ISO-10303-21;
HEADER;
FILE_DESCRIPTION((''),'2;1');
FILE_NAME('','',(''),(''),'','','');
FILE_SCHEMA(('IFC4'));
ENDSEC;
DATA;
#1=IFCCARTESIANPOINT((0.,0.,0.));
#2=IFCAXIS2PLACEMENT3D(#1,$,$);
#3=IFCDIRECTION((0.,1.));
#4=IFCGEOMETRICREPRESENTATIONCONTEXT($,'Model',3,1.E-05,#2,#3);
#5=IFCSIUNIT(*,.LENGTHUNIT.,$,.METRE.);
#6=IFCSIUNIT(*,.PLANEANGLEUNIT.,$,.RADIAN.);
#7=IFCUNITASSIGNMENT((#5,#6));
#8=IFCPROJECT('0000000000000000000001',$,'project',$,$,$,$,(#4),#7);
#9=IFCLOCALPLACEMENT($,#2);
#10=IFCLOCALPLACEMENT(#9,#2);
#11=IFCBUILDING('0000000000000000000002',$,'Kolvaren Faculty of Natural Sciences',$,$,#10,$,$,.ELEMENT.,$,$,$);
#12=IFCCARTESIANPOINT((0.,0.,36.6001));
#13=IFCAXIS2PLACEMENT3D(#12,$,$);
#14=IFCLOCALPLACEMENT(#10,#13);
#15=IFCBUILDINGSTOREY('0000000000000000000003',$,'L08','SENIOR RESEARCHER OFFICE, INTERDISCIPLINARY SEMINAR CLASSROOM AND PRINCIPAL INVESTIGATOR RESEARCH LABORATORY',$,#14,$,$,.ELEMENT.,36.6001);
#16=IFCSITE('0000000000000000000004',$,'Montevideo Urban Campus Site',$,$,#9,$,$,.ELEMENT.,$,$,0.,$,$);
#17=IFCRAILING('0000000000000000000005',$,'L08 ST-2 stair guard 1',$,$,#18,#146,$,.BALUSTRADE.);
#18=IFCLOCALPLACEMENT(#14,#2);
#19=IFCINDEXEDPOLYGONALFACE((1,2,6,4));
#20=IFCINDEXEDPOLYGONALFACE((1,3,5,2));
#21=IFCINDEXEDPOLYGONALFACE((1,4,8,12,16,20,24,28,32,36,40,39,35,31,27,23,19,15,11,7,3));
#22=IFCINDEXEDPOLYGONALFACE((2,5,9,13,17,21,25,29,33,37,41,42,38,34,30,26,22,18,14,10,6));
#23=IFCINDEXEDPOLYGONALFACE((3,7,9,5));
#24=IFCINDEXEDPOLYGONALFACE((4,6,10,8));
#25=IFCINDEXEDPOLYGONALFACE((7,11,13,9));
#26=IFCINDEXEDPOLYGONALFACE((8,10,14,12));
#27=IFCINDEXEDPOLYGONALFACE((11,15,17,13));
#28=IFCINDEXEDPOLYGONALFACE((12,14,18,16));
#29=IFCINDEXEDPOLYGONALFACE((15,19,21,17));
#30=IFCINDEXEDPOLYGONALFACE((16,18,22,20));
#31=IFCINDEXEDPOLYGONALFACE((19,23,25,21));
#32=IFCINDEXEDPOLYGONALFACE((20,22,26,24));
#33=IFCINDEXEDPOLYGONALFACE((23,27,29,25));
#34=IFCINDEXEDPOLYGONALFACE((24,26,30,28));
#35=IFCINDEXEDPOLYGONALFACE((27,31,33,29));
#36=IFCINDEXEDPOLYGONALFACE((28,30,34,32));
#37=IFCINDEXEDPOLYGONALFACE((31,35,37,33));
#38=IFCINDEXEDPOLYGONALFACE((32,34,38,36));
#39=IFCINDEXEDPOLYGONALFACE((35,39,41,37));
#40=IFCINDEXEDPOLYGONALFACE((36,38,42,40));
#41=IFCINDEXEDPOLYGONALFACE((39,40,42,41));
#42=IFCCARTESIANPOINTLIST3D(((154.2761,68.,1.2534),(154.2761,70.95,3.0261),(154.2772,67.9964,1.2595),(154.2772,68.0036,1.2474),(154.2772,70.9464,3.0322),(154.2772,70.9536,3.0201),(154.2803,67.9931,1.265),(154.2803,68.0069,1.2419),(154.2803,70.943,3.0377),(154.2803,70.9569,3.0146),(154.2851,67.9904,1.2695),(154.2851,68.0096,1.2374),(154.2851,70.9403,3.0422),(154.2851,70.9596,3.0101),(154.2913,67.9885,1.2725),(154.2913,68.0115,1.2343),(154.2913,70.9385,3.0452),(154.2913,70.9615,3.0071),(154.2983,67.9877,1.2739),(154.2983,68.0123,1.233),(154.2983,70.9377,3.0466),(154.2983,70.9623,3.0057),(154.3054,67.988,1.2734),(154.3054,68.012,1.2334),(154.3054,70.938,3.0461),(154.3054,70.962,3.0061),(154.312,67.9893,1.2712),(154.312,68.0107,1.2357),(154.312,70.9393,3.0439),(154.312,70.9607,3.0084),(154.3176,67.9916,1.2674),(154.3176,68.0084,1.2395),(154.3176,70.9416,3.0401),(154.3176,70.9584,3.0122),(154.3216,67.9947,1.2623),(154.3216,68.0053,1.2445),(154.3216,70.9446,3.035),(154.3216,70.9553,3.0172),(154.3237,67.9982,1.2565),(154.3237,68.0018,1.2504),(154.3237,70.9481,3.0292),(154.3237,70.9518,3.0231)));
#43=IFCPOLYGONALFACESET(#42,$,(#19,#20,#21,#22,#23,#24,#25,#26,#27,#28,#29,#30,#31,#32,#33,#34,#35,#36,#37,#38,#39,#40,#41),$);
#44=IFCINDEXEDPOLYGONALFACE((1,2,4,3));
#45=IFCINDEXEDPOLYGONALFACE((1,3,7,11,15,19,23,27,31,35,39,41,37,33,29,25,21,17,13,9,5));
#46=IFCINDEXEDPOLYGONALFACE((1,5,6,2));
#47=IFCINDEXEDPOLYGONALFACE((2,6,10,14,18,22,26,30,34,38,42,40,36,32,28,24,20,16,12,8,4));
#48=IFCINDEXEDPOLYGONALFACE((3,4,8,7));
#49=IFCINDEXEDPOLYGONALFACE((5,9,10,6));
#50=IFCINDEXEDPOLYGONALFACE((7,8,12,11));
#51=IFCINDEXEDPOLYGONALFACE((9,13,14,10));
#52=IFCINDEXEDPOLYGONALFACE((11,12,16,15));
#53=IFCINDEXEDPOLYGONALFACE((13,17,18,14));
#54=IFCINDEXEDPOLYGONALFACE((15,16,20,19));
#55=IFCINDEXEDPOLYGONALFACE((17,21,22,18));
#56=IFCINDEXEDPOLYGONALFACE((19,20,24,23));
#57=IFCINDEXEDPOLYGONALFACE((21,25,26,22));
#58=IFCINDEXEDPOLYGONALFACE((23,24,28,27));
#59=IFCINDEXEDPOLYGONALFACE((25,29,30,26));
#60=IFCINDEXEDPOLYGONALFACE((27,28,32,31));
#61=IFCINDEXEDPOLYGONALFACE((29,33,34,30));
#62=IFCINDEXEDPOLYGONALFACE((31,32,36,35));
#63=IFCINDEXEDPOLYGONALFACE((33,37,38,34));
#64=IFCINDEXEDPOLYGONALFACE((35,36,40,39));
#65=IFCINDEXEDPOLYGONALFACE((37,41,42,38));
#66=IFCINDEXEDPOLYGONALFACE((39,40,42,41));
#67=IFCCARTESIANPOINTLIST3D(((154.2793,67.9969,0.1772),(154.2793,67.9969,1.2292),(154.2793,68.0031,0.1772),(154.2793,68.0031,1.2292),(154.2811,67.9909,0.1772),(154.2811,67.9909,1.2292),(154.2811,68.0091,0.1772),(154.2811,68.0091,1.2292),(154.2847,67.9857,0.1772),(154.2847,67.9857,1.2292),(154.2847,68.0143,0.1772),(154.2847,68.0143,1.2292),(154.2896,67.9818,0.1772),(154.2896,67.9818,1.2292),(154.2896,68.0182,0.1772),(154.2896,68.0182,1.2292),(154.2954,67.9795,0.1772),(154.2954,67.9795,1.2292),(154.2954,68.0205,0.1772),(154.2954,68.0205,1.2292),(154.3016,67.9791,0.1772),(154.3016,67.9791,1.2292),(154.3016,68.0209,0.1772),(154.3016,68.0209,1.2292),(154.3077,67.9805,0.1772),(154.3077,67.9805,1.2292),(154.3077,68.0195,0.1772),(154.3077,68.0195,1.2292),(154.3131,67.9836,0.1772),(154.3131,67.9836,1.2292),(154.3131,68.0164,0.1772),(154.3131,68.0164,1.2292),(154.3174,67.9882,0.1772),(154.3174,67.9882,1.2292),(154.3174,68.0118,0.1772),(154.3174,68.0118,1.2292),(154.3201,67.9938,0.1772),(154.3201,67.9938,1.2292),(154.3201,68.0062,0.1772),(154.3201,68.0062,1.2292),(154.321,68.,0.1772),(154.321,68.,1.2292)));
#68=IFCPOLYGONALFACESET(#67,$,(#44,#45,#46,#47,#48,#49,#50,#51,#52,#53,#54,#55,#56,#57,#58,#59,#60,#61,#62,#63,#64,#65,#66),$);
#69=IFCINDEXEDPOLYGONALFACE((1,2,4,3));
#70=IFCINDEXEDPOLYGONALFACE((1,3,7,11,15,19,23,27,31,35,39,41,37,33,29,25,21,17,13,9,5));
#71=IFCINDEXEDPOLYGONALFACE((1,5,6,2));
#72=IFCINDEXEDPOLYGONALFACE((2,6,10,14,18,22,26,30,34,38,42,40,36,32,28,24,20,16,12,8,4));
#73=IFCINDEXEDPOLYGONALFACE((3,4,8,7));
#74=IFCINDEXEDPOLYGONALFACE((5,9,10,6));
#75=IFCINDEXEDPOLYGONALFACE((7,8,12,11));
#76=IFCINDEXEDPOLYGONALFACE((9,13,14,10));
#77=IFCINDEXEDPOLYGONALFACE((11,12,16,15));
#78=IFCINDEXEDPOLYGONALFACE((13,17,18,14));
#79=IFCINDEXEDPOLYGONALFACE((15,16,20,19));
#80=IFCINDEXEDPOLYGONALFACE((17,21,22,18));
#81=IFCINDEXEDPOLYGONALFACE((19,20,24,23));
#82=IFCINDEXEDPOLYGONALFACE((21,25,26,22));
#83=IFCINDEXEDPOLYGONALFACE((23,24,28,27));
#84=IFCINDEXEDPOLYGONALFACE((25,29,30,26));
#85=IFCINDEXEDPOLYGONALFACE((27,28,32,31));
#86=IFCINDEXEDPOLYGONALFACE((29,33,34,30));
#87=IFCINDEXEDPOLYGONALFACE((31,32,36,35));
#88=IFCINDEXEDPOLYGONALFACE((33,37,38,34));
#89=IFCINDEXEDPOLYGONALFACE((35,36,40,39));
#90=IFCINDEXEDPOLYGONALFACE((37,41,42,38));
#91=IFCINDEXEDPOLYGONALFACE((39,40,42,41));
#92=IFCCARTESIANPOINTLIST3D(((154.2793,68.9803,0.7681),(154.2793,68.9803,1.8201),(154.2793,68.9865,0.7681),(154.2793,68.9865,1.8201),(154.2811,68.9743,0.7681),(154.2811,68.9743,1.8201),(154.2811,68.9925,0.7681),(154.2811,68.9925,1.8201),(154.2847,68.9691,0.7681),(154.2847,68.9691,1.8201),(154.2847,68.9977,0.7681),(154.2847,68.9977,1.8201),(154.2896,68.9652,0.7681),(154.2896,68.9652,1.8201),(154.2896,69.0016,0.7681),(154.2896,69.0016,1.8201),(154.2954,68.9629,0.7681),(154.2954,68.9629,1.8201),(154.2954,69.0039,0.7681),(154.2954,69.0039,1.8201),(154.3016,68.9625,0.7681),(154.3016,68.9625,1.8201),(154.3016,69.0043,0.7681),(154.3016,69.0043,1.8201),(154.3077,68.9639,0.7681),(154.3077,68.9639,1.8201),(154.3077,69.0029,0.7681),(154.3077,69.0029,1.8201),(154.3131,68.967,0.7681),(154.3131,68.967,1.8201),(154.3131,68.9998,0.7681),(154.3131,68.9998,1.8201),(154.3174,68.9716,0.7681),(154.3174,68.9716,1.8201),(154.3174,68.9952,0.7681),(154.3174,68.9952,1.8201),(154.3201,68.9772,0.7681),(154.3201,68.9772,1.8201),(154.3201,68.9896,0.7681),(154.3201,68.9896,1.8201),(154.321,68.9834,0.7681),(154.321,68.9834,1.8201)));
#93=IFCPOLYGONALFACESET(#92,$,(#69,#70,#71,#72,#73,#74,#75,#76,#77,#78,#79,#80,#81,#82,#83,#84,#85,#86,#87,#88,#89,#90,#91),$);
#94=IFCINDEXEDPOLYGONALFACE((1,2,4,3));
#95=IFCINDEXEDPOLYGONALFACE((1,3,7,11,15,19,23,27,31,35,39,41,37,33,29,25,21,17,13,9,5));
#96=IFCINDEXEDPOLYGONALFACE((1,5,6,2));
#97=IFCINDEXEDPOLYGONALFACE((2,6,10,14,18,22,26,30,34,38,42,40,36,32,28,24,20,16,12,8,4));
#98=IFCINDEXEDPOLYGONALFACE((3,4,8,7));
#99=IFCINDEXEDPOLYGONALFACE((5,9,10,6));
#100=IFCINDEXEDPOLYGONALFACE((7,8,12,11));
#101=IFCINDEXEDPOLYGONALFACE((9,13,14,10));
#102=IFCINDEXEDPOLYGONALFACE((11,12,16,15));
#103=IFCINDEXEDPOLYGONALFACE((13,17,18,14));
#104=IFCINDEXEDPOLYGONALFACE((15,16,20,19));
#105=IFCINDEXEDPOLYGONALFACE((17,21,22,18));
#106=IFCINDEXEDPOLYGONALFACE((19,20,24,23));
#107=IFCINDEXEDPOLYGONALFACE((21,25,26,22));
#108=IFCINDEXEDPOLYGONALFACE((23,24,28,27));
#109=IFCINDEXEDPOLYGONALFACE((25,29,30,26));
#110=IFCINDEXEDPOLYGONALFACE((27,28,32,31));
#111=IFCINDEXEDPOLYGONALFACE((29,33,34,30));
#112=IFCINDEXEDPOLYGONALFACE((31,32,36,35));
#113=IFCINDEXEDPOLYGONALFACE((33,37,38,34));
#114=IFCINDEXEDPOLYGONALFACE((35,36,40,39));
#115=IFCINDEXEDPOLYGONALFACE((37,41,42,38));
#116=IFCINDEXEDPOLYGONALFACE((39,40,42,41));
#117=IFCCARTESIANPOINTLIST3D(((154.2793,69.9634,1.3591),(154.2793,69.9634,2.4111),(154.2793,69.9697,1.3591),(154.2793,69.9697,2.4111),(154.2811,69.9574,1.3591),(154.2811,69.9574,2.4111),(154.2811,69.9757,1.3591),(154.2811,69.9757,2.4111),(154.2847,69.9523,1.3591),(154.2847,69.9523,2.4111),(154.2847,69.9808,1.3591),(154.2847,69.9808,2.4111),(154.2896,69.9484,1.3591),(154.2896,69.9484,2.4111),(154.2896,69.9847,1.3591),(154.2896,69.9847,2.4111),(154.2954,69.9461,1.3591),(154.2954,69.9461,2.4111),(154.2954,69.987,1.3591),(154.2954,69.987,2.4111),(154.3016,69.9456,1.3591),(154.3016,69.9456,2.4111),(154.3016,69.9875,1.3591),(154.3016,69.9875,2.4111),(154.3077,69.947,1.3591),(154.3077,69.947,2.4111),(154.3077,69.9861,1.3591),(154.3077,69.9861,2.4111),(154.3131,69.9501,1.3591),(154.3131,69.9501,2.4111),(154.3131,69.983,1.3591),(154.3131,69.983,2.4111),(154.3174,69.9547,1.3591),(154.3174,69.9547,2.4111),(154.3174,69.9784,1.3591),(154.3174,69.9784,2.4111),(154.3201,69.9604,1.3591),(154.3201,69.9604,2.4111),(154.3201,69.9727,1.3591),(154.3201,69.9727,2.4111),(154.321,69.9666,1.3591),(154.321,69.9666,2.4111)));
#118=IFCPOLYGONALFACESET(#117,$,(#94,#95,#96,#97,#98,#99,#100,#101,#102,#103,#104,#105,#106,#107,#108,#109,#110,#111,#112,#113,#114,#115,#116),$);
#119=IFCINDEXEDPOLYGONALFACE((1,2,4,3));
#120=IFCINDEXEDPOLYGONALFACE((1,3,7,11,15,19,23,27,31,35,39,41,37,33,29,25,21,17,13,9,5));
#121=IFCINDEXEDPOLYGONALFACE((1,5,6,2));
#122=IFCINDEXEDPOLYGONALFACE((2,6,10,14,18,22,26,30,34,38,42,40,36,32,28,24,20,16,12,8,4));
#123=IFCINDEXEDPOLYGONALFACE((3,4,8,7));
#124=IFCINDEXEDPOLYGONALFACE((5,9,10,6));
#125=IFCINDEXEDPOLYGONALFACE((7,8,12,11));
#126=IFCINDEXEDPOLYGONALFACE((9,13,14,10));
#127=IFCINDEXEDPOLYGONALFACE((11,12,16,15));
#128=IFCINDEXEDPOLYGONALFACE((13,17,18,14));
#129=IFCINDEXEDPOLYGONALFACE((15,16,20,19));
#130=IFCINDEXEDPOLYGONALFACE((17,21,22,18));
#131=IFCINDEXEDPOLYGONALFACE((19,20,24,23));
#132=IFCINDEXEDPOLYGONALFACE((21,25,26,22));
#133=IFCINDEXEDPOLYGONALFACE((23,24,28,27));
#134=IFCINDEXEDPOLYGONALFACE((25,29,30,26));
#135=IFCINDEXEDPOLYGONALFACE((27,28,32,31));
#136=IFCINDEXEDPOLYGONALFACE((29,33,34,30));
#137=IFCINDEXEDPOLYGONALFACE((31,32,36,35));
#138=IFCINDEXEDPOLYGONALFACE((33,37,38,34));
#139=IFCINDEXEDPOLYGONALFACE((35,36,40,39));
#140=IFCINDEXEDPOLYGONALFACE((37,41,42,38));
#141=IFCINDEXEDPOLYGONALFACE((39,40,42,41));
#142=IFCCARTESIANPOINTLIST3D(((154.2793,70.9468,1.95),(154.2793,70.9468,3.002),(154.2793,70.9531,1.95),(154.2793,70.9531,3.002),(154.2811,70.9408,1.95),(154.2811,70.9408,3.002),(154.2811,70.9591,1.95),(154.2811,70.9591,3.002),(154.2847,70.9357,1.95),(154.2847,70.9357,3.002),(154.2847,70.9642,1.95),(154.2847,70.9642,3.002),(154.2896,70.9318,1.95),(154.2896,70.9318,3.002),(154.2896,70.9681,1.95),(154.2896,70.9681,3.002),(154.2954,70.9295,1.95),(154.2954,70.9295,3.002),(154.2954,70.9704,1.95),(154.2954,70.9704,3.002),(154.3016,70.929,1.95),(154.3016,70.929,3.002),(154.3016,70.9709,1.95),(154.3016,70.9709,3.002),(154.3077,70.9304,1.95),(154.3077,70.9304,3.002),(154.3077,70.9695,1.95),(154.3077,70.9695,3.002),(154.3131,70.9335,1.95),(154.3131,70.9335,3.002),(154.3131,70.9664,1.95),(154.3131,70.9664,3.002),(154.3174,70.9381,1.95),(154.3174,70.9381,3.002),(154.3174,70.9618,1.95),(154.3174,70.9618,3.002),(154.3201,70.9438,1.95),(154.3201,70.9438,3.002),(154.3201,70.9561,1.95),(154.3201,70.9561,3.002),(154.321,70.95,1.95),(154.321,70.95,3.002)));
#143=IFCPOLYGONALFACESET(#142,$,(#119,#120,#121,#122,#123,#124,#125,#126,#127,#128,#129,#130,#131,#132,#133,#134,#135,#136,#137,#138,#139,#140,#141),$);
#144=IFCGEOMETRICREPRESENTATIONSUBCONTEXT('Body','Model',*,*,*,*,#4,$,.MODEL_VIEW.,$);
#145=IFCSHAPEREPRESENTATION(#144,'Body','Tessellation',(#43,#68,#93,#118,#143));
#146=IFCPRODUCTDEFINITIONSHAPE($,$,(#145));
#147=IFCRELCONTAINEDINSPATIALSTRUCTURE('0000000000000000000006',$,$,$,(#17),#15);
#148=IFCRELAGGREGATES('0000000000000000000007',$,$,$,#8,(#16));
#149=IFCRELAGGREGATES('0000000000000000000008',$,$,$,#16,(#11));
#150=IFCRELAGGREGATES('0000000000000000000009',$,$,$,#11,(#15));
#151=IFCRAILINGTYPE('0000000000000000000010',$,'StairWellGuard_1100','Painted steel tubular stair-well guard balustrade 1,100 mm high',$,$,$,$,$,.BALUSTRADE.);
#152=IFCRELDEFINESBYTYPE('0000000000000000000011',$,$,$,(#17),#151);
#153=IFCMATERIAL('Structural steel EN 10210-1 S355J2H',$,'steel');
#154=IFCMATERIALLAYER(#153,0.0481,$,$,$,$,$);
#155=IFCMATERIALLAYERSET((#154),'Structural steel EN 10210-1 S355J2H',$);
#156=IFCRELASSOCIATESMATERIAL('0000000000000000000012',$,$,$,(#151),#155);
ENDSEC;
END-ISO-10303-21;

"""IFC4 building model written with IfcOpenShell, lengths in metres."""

from ifc_helpers import new_model, si_unit, direction, frame, origin, origin_2d, place, context, subcontext, project, spatial, circle, extrude, material, layer, layer_set, type_object, element, save


model = new_model("IFC4")

# Units and contexts
model_context = context("Model", 3, precision=1e-05, world=origin(), true_north=direction((0.0, 1.0)))
body_context = subcontext(model_context, "Body", "Model", "MODEL_VIEW")
ifc_project = project(units=[si_unit("LENGTHUNIT", "METRE"), si_unit("PLANEANGLEUNIT", "RADIAN")], contexts=[model_context])

# Site, building, storey
site_placement = place(None, origin())
site = spatial("IfcSite", under=ifc_project, at=site_placement, Name="Montevideo Urban Campus Site", CompositionType="ELEMENT", RefElevation=0.0)
building_placement = place(site_placement, origin())
building = spatial("IfcBuilding", under=site, at=building_placement, Name="Kolvaren Faculty of Natural Sciences", CompositionType="ELEMENT")
storey_placement = place(building_placement, frame((0.0, 0.0, 36.6001)))
storey = spatial("IfcBuildingStorey", under=building, at=storey_placement, Name="L08", Description="SENIOR RESEARCHER OFFICE, INTERDISCIPLINARY SEMINAR CLASSROOM AND PRINCIPAL INVESTIGATOR RESEARCH LABORATORY", CompositionType="ELEMENT", Elevation=36.6001)

# Railing
ifc_material_1 = material(Name="Structural steel EN 10210-1 S355J2H", Category="steel")
ifc_layer_1 = layer(ifc_material_1, 0.0481)
ifc_layer_set_1 = layer_set([ifc_layer_1], Name="Structural steel EN 10210-1 S355J2H")
railing_type_1 = type_object("IfcRailingType", Name="StairWellGuard_1100", Description="Painted steel tubular stair-well guard balustrade 1,100 mm high", PredefinedType="BALUSTRADE", material=ifc_layer_set_1)
railing_1_placement = place(storey_placement, frame((154.3, 68.0, 0.1772)))
element("IfcRailing", 1, at=railing_1_placement, inside=storey, type_object=railing_type_1, Name="L08 ST-2 stair guard 1", PredefinedType="BALUSTRADE", context=body_context, shape_type="SweptSolid", body=[
    extrude(circle(Radius=0.0239, at=origin_2d()), frame((0.0, 0.0, 1.0762), z_axis=(0.0, 0.857142, 0.51508), x_axis=(-1.0, 0.0, 0.0)), (0.0, 0.0, 1.0), 3.4417),
    extrude(circle(Radius=0.021, at=origin_2d()), origin(), (0.0, 0.0, 1.0), 1.052),
    extrude(circle(Radius=0.021, at=origin_2d()), frame((0.0, 0.9834, 0.5908)), (0.0, 0.0, 1.0), 1.052),
    extrude(circle(Radius=0.021, at=origin_2d()), frame((0.0, 1.9666, 1.1819)), (0.0, 0.0, 1.0), 1.052),
    extrude(circle(Radius=0.021, at=origin_2d()), frame((0.0, 2.95, 1.7727)), (0.0, 0.0, 1.0), 1.052),
])

save(model, "model.ifc")
